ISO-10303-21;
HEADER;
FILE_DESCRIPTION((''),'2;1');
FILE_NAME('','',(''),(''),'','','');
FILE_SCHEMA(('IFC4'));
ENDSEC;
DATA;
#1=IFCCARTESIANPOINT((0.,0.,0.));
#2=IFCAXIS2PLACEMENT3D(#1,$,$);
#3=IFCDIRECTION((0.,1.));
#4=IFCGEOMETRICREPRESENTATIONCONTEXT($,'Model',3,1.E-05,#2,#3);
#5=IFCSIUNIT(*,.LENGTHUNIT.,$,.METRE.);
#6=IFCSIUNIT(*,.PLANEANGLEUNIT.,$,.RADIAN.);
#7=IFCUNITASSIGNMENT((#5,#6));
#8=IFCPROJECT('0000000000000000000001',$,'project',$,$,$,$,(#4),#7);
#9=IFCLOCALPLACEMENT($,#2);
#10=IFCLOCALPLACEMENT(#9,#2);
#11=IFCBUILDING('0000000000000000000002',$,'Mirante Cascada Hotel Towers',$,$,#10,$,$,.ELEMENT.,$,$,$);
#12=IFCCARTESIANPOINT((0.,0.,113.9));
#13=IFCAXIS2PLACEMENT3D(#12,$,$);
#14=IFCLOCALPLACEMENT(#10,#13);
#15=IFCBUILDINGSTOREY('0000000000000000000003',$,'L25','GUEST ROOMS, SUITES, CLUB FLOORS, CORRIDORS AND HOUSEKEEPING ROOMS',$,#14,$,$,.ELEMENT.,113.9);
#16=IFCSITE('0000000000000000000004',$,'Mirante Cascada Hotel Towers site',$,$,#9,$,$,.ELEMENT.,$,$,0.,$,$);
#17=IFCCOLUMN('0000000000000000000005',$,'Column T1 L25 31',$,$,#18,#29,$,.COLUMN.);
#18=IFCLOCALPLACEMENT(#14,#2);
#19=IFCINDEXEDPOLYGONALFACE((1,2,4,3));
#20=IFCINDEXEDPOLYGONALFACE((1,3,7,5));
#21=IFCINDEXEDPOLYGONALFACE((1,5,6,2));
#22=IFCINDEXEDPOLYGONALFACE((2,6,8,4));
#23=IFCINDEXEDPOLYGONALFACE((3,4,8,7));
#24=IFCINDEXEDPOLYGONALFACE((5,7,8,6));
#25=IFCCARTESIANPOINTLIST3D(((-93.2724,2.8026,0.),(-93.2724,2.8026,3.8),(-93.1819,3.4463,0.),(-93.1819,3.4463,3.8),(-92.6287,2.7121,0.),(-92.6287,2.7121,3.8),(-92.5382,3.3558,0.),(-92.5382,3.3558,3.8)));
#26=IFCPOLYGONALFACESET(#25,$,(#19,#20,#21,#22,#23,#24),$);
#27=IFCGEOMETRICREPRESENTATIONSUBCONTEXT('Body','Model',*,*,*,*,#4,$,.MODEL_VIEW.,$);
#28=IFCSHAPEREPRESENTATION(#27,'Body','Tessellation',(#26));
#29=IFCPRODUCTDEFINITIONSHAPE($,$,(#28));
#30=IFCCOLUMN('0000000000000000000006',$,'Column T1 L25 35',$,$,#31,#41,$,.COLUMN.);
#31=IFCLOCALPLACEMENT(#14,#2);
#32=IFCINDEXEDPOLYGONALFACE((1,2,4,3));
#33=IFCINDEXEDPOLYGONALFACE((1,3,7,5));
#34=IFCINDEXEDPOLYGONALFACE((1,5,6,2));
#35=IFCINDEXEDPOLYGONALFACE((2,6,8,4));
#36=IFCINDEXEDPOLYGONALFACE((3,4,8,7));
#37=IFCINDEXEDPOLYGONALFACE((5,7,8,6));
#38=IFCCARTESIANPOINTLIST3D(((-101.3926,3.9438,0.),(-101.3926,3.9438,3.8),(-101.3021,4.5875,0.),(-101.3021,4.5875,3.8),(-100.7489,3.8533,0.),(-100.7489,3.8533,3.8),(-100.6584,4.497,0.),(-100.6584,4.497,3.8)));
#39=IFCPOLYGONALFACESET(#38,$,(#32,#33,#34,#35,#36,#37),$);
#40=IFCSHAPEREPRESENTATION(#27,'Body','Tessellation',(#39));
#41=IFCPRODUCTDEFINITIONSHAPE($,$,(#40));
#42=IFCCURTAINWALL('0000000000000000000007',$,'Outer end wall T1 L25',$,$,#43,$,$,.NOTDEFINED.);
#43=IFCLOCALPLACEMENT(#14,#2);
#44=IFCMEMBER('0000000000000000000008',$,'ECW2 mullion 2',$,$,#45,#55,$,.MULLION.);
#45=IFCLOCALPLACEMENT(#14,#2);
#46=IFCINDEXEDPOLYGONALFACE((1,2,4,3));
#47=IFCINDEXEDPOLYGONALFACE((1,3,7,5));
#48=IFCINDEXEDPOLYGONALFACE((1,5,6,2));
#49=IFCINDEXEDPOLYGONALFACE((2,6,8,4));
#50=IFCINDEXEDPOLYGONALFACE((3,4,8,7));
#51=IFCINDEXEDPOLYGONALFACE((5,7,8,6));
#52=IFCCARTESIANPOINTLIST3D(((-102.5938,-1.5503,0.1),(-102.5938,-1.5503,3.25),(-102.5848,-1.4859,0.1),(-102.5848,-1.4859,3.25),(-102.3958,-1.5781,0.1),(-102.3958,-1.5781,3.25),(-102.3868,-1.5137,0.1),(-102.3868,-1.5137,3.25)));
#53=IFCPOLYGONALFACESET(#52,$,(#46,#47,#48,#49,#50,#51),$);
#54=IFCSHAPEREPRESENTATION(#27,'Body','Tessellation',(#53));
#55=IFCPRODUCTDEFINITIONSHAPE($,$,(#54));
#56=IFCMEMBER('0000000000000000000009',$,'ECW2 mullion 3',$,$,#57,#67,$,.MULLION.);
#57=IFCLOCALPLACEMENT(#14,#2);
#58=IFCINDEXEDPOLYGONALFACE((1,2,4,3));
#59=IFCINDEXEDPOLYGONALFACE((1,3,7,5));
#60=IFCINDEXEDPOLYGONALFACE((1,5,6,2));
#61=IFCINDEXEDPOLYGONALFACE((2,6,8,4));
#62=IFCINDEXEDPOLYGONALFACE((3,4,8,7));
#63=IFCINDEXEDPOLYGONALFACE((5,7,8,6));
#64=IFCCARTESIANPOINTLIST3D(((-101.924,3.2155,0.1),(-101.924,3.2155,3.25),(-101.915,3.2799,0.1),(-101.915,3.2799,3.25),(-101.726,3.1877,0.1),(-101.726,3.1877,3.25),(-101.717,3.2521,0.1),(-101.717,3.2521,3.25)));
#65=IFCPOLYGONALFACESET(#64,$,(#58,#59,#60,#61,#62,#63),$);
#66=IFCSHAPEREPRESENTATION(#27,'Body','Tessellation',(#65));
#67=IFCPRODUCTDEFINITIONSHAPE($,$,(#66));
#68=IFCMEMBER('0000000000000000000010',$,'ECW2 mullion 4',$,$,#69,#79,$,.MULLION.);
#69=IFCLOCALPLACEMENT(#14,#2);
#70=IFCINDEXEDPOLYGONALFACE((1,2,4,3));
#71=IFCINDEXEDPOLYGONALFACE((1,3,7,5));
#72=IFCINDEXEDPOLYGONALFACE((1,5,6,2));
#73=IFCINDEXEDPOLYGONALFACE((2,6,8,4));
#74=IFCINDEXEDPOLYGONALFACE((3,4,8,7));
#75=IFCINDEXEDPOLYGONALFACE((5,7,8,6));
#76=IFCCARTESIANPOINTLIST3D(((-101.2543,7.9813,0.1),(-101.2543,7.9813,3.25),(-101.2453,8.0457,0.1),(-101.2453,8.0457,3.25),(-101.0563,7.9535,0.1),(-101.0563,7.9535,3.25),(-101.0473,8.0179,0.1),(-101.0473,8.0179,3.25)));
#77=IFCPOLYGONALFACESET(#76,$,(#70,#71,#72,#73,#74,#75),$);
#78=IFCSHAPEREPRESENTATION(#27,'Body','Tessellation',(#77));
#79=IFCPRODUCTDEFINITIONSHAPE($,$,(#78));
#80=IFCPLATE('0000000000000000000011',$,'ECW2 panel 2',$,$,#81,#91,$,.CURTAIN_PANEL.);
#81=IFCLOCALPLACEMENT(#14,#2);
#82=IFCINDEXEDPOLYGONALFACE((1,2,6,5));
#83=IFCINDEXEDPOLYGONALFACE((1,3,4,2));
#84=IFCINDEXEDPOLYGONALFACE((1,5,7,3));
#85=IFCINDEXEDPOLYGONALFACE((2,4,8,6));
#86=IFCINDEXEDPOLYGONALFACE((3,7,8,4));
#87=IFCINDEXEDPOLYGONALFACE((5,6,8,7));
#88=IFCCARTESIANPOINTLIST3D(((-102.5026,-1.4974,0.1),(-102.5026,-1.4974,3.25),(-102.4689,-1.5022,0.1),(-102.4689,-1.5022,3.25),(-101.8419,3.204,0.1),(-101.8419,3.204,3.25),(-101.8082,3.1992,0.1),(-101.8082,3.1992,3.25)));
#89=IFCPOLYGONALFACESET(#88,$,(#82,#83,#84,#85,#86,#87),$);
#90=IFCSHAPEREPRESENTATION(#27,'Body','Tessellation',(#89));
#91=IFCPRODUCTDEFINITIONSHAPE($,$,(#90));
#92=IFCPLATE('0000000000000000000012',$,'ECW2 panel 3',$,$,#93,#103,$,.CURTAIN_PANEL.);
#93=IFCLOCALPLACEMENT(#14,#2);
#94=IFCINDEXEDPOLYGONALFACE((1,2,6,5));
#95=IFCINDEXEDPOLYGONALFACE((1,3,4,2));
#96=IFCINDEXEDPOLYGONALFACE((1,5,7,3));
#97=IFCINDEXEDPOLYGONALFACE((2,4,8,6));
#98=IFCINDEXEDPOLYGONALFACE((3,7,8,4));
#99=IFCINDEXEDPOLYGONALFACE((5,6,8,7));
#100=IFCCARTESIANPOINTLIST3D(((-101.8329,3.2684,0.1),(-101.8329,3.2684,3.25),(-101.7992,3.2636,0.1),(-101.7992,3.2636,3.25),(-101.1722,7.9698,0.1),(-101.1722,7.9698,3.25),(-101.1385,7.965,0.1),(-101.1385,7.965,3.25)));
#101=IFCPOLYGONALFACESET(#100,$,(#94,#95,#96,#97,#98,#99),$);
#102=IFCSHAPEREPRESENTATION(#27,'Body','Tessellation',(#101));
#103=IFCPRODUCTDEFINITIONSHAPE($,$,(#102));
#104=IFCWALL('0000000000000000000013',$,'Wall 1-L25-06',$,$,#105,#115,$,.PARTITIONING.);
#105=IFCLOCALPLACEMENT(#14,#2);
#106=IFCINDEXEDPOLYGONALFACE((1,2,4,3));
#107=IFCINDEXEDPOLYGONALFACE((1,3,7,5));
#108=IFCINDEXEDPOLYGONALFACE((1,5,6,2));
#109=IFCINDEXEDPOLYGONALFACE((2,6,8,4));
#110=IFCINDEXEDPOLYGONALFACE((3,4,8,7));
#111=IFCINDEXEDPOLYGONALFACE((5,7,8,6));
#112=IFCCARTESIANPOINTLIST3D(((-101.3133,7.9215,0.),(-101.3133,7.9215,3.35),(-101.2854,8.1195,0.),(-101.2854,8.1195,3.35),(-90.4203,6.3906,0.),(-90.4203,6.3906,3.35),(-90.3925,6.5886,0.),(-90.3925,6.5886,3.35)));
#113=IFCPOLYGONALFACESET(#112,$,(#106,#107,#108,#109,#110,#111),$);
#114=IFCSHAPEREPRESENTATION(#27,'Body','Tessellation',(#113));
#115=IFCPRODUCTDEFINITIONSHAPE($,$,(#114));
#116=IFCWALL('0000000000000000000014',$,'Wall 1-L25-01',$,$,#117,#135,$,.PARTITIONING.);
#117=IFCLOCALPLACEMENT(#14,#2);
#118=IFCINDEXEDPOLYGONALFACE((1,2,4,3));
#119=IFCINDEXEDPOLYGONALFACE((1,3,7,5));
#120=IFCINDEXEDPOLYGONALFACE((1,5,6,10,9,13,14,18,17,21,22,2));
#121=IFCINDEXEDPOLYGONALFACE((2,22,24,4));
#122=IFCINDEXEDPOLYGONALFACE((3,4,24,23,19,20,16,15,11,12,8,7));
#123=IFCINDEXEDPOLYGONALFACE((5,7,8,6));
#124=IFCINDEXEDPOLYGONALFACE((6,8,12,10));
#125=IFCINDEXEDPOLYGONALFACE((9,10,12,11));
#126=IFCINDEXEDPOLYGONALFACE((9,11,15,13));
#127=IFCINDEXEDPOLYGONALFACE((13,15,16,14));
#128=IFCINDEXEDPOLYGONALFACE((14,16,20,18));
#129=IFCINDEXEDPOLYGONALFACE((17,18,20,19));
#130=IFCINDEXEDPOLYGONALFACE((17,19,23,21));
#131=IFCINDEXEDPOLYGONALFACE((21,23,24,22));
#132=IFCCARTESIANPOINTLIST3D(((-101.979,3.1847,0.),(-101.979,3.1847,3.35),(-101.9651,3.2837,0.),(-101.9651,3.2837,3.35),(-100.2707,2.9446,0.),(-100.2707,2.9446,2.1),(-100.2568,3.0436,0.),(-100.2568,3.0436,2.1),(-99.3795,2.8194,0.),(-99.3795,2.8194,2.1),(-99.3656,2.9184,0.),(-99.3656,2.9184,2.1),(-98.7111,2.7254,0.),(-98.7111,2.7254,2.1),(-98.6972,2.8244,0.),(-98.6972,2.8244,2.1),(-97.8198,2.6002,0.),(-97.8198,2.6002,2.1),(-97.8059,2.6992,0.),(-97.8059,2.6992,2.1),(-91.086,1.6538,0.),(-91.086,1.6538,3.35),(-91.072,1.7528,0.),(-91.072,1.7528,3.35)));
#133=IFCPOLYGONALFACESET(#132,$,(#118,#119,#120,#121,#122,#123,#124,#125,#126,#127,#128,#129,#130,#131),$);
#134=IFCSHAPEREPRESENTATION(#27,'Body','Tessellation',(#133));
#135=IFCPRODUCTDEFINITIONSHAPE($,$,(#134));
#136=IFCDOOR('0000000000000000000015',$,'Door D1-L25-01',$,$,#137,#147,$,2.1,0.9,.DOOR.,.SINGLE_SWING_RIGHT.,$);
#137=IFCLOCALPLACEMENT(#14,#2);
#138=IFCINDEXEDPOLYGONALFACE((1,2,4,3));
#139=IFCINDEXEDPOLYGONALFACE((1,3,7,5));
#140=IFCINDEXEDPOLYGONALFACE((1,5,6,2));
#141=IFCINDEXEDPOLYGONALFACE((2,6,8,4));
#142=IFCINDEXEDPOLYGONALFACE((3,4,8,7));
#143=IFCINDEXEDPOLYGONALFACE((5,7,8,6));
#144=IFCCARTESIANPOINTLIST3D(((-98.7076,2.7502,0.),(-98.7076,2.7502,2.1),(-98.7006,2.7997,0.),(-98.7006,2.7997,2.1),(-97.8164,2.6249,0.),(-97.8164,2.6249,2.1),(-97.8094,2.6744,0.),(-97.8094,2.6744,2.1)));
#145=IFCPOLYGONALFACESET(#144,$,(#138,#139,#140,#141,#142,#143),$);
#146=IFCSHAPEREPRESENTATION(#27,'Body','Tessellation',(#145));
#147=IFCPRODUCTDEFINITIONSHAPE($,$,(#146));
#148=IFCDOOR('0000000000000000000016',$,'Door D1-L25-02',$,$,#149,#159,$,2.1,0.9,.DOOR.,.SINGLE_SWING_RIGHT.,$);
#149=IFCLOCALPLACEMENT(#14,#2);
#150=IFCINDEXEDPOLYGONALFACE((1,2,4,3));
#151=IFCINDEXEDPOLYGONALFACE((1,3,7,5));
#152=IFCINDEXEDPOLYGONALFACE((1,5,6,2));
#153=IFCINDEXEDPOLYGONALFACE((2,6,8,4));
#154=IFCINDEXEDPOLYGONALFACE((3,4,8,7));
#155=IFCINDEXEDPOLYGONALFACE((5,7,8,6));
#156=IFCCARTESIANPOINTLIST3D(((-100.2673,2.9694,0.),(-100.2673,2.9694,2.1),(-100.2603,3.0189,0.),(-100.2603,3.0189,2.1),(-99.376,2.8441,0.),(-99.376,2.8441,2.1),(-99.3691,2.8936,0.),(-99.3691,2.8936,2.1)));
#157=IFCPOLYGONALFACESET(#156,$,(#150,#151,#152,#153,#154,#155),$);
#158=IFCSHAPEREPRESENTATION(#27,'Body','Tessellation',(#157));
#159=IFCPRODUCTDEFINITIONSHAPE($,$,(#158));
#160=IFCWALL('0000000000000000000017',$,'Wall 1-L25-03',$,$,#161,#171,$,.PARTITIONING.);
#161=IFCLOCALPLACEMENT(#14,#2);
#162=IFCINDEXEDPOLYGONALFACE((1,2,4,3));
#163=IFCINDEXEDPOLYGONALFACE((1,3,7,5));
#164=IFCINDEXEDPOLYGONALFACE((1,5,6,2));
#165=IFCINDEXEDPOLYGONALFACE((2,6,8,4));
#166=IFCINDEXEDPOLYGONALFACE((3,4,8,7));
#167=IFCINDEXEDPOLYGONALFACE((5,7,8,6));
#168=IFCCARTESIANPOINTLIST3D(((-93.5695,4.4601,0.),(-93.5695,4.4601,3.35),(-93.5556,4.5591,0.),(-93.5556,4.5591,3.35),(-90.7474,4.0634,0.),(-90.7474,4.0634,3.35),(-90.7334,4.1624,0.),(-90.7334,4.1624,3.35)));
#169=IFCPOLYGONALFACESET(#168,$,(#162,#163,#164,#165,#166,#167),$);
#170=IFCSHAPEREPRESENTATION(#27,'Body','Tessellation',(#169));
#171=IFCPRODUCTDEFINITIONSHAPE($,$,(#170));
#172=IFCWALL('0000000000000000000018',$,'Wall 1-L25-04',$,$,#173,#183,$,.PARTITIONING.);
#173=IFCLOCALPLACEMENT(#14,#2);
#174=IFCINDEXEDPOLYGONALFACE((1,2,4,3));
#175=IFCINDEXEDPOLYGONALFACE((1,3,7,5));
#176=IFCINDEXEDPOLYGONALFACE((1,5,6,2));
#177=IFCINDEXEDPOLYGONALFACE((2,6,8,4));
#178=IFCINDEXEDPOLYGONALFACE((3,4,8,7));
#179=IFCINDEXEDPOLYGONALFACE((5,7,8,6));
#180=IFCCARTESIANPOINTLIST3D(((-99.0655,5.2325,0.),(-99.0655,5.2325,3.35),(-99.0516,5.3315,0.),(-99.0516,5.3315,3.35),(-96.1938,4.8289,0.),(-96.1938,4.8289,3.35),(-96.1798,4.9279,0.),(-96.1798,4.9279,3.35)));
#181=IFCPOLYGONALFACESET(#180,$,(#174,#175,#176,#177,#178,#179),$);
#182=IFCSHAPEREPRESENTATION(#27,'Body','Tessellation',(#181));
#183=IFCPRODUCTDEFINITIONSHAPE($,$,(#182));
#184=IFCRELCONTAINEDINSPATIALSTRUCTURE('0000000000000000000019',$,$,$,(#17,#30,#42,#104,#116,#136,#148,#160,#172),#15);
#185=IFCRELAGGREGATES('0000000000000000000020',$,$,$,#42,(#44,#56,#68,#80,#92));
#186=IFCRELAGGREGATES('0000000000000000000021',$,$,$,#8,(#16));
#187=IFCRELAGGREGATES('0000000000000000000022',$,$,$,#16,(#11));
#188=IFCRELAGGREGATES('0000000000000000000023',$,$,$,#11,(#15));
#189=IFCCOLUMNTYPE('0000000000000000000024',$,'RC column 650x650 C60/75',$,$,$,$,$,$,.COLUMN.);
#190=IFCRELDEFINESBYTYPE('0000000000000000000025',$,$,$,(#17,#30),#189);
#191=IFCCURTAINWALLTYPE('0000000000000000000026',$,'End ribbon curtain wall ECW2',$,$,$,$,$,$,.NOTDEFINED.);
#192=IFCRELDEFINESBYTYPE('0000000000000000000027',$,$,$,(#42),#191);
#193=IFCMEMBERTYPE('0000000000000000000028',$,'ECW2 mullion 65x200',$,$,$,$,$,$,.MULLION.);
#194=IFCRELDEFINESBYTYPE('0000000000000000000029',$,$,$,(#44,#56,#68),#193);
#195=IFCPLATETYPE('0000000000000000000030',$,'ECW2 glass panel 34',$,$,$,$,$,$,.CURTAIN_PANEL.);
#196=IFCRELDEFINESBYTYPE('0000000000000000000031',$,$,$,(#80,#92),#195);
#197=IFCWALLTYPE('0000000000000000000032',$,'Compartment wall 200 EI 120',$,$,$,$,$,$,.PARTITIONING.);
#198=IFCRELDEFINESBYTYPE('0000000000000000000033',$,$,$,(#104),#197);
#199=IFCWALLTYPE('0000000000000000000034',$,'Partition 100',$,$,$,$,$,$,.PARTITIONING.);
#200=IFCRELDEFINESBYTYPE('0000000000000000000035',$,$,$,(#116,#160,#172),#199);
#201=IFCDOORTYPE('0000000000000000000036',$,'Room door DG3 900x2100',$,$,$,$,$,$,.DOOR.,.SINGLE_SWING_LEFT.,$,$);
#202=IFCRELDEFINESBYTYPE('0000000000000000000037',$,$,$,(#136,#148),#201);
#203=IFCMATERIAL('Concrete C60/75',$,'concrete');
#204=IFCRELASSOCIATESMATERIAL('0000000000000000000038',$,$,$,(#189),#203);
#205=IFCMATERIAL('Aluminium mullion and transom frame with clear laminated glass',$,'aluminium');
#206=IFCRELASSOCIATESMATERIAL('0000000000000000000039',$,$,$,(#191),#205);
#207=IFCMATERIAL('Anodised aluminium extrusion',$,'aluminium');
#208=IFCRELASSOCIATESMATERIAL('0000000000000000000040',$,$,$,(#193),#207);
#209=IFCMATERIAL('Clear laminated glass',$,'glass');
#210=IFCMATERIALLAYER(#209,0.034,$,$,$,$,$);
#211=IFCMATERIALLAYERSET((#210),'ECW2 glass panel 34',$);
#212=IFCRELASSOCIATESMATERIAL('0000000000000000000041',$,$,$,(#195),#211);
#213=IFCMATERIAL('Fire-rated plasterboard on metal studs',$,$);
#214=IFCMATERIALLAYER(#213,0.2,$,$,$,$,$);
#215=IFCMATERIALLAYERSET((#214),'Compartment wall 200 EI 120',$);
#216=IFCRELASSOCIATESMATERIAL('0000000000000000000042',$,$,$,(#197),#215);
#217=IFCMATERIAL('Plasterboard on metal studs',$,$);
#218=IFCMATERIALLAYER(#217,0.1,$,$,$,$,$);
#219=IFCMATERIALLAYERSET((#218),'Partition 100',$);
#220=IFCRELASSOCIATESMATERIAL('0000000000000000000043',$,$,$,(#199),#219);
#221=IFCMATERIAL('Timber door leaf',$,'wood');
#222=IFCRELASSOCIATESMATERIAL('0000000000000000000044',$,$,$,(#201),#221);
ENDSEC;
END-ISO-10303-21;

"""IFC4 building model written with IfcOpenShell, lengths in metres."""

from ifc_helpers import new_model, si_unit, direction, frame, frame_2d, origin, origin_2d, place, context, subcontext, project, spatial, rectangle, extrude, material, layer, layer_set, material_profile, profile_set, type_object, element, fill, aggregate, save


model = new_model("IFC4")

# Units and contexts
model_context = context("Model", 3, precision=1e-05, world=origin(), true_north=direction((0.0, 1.0)))
body_context = subcontext(model_context, "Body", "Model", "MODEL_VIEW")
ifc_project = project(units=[si_unit("LENGTHUNIT", "METRE"), si_unit("PLANEANGLEUNIT", "RADIAN")], contexts=[model_context])

# Site, building, storey
site_placement = place(None, origin())
site = spatial("IfcSite", under=ifc_project, at=site_placement, Name="Mirante Cascada Hotel Towers site", CompositionType="ELEMENT", RefElevation=0.0)
building_placement = place(site_placement, origin())
building = spatial("IfcBuilding", under=site, at=building_placement, Name="Mirante Cascada Hotel Towers", CompositionType="ELEMENT")
storey_placement = place(building_placement, frame((0.0, 0.0, 113.9)))
storey = spatial("IfcBuildingStorey", under=building, at=storey_placement, Name="L25", Description="GUEST ROOMS, SUITES, CLUB FLOORS, CORRIDORS AND HOUSEKEEPING ROOMS", CompositionType="ELEMENT", Elevation=113.9)

# Columns
ifc_material_1 = material(Name="Concrete C60/75", Category="concrete")
ifc_material_profile_1 = material_profile(ifc_material_1, rectangle(XDim=0.65, YDim=0.65, at=origin_2d()), Name="RC column 650x650 C60/75")
ifc_profile_set_1 = profile_set([ifc_material_profile_1], Name="Concrete C60/75")
column_type = type_object("IfcColumnType", Name="RC column 650x650 C60/75", PredefinedType="COLUMN", material=ifc_profile_set_1)
for number, where, z_axis, x_axis, name in (
    (1, (-92.9053, 3.0792, 0.0), (0.0, 0.0, 1.0), (-0.990268, 0.139173, 0.0), "Column T1 L25 31"),
    (2, (-101.0255, 4.2204, 0.0), (0.0, 0.0, 1.0), (-0.990268, 0.139173, 0.0), "Column T1 L25 35"),
):
    element("IfcColumn", number, at=place(storey_placement, frame(where, z_axis=z_axis, x_axis=x_axis)), inside=storey, type_object=column_type, Name=name, PredefinedType="COLUMN", context=body_context, shape_type="SweptSolid", body=[
        extrude(rectangle(XDim=0.65, YDim=0.65, at=origin_2d()), origin(), (0.0, 0.0, 1.0), 3.8),
    ])

# Curtain wall, members, plates
ifc_material_2 = material(Name="Aluminium mullion and transom frame with clear laminated glass", Category="aluminium")
curtain_wall_type = type_object("IfcCurtainWallType", Name="End ribbon curtain wall ECW2", PredefinedType="NOTDEFINED", material=ifc_material_2)
curtain_wall_placement = place(storey_placement, origin())
curtain_wall = element("IfcCurtainWall", 3, at=curtain_wall_placement, inside=storey, type_object=curtain_wall_type, Name="Outer end wall T1 L25", PredefinedType="NOTDEFINED")
ifc_material_3 = material(Name="Anodised aluminium extrusion", Category="aluminium")
ifc_material_profile_2 = material_profile(ifc_material_3, rectangle(XDim=0.2, YDim=0.065, at=origin_2d()), Name="ECW2 MULLION 65x200")
ifc_profile_set_2 = profile_set([ifc_material_profile_2], Name="Anodised aluminium extrusion")
member_type = type_object("IfcMemberType", Name="ECW2 mullion 65x200", PredefinedType="MULLION", material=ifc_profile_set_2)
member_1_placement = place(storey_placement, frame((-102.4903, -1.532, 0.1), z_axis=(0.0, 0.0, 1.0), x_axis=(-0.990268, 0.139173, 0.0)))
member_1 = element("IfcMember", 4, at=member_1_placement, type_object=member_type, Name="ECW2 mullion 2", PredefinedType="MULLION", context=body_context, shape_type="SweptSolid", body=[
    extrude(rectangle(XDim=0.2, YDim=0.065, at=origin_2d()), origin(), (0.0, 0.0, 1.0), 3.15),
])
member_2_placement = place(storey_placement, frame((-101.8205, 3.2338, 0.1), z_axis=(0.0, 0.0, 1.0), x_axis=(-0.990268, 0.139173, 0.0)))
member_2 = element("IfcMember", 5, at=member_2_placement, type_object=member_type, Name="ECW2 mullion 3", PredefinedType="MULLION", context=body_context, shape_type="SweptSolid", body=[
    extrude(rectangle(XDim=0.2, YDim=0.065, at=origin_2d()), origin(), (0.0, 0.0, 1.0), 3.15),
])
member_3_placement = place(storey_placement, frame((-101.1508, 7.9996, 0.1), z_axis=(0.0, 0.0, 1.0), x_axis=(-0.990268, 0.139173, 0.0)))
member_3 = element("IfcMember", 6, at=member_3_placement, type_object=member_type, Name="ECW2 mullion 4", PredefinedType="MULLION", context=body_context, shape_type="SweptSolid", body=[
    extrude(rectangle(XDim=0.2, YDim=0.065, at=origin_2d()), origin(), (0.0, 0.0, 1.0), 3.15),
])
ifc_material_4 = material(Name="Clear laminated glass", Category="glass")
ifc_layer_1 = layer(ifc_material_4, 0.034)
ifc_layer_set_1 = layer_set([ifc_layer_1], Name="ECW2 glass panel 34")
plate_type = type_object("IfcPlateType", Name="ECW2 glass panel 34", PredefinedType="CURTAIN_PANEL", material=ifc_layer_set_1)
plate_1_placement = place(storey_placement, frame((-102.1554, 0.8509, 0.1), z_axis=(0.0, 0.0, 1.0), x_axis=(0.139173, 0.990268, 0.0)))
plate_1 = element("IfcPlate", 7, at=plate_1_placement, type_object=plate_type, Name="ECW2 panel 2", PredefinedType="CURTAIN_PANEL", context=body_context, shape_type="SweptSolid", body=[
    extrude(rectangle(XDim=4.7476, YDim=0.034, at=origin_2d()), origin(), (0.0, 0.0, 1.0), 3.15),
])
plate_2_placement = place(storey_placement, frame((-101.4857, 5.6167, 0.1), z_axis=(0.0, 0.0, 1.0), x_axis=(0.139173, 0.990268, 0.0)))
plate_2 = element("IfcPlate", 8, at=plate_2_placement, type_object=plate_type, Name="ECW2 panel 3", PredefinedType="CURTAIN_PANEL", context=body_context, shape_type="SweptSolid", body=[
    extrude(rectangle(XDim=4.7476, YDim=0.034, at=origin_2d()), origin(), (0.0, 0.0, 1.0), 3.15),
])
aggregate(curtain_wall, [member_1, member_2, member_3, plate_1, plate_2])

# Wall
ifc_material_5 = material(Name="Fire-rated plasterboard on metal studs")
ifc_layer_2 = layer(ifc_material_5, 0.2)
ifc_layer_set_2 = layer_set([ifc_layer_2], Name="Compartment wall 200 EI 120")
wall_type_1 = type_object("IfcWallType", Name="Compartment wall 200 EI 120", PredefinedType="PARTITIONING", material=ifc_layer_set_2)
wall_1_placement = place(storey_placement, frame((-90.4064, 6.4896, 0.0), z_axis=(0.0, 0.0, 1.0), x_axis=(-0.990268, 0.139173, 0.0)))
element("IfcWall", 9, at=wall_1_placement, inside=storey, type_object=wall_type_1, Name="Wall 1-L25-06", PredefinedType="PARTITIONING", context=body_context, shape_type="SweptSolid", body=[
    extrude(rectangle(XDim=11.0, YDim=0.2, at=frame_2d((5.5, 0.0))), origin(), (0.0, 0.0, 1.0), 3.35),
])

# Wall, openings, doors
ifc_material_6 = material(Name="Plasterboard on metal studs")
ifc_layer_3 = layer(ifc_material_6, 0.1)
ifc_layer_set_3 = layer_set([ifc_layer_3], Name="Partition 100")
wall_type_2 = type_object("IfcWallType", Name="Partition 100", PredefinedType="PARTITIONING", material=ifc_layer_set_3)
wall_2_placement = place(storey_placement, frame((-101.972, 3.2342, 0.0), z_axis=(0.0, 0.0, 1.0), x_axis=(0.990268, -0.139172, 0.0)))
wall_2 = element("IfcWall", 10, at=wall_2_placement, inside=storey, type_object=wall_type_2, Name="Wall 1-L25-01", PredefinedType="PARTITIONING", context=body_context, shape_type="SweptSolid", body=[
    extrude(rectangle(XDim=11.0001, YDim=0.1, at=frame_2d((5.5, 0.0))), origin(), (0.0, 0.0, 1.0), 3.35),
])
opening_1_placement = place(wall_2_placement, frame((3.3, 0.0, 0.0)))
opening_1 = element("IfcOpeningElement", 11, at=opening_1_placement, cuts=wall_2, PredefinedType="OPENING", context=body_context, shape_type="SweptSolid", body=[
    extrude(rectangle(XDim=0.9, YDim=2.1, at=frame_2d((0.45, 1.05))), frame((0.0, 0.05, 0.0), z_axis=(0.0, -1.0, 0.0), x_axis=(1.0, 0.0, 0.0)), (0.0, 0.0, 1.0), 0.1),
])
opening_2_placement = place(wall_2_placement, frame((1.725, 0.0, 0.0)))
opening_2 = element("IfcOpeningElement", 12, at=opening_2_placement, cuts=wall_2, PredefinedType="OPENING", context=body_context, shape_type="SweptSolid", body=[
    extrude(rectangle(XDim=0.9, YDim=2.1, at=frame_2d((0.45, 1.05))), frame((0.0, 0.05, 0.0), z_axis=(0.0, -1.0, 0.0), x_axis=(1.0, 0.0, 0.0)), (0.0, 0.0, 1.0), 0.1),
])
ifc_material_7 = material(Name="Timber door leaf", Category="wood")
door_type_1 = type_object("IfcDoorType", Name="Room door DG3 900x2100", OperationType="SINGLE_SWING_LEFT", PredefinedType="DOOR", material=ifc_material_7)
door_1_placement = place(opening_1_placement, frame((0.9, 0.0, 0.0), z_axis=(0.0, 0.0, 1.0), x_axis=(-1.0, 0.0, 0.0)))
door_1 = element("IfcDoor", 13, at=door_1_placement, inside=storey, type_object=door_type_1, Name="Door D1-L25-01", OperationType="SINGLE_SWING_RIGHT", OverallHeight=2.1, OverallWidth=0.9, PredefinedType="DOOR", context=body_context, shape_type="SweptSolid", body=[
    extrude(rectangle(XDim=0.9, YDim=2.1, at=frame_2d((0.45, 1.05))), frame((0.0, 0.025, 0.0), z_axis=(0.0, -1.0, 0.0), x_axis=(1.0, 0.0, 0.0)), (0.0, 0.0, 1.0), 0.05),
])
fill(opening_1, door_1)
door_2_placement = place(opening_2_placement, frame((0.9, 0.0, 0.0), z_axis=(0.0, 0.0, 1.0), x_axis=(-1.0, 0.0, 0.0)))
door_2 = element("IfcDoor", 14, at=door_2_placement, inside=storey, type_object=door_type_1, Name="Door D1-L25-02", OperationType="SINGLE_SWING_RIGHT", OverallHeight=2.1, OverallWidth=0.9, PredefinedType="DOOR", context=body_context, shape_type="SweptSolid", body=[
    extrude(rectangle(XDim=0.9, YDim=2.1, at=frame_2d((0.45, 1.05))), frame((0.0, 0.025, 0.0), z_axis=(0.0, -1.0, 0.0), x_axis=(1.0, 0.0, 0.0)), (0.0, 0.0, 1.0), 0.05),
])
fill(opening_2, door_2)

# Walls
wall_3_placement = place(storey_placement, frame((-93.5626, 4.5096, 0.0), z_axis=(0.0, 0.0, 1.0), x_axis=(0.990265, -0.139196, 0.0)))
element("IfcWall", 15, at=wall_3_placement, inside=storey, type_object=wall_type_2, Name="Wall 1-L25-03", PredefinedType="PARTITIONING", context=body_context, shape_type="SweptSolid", body=[
    extrude(rectangle(XDim=2.8499, YDim=0.1, at=frame_2d((1.425, 0.0))), origin(), (0.0, 0.0, 1.0), 3.35),
])
wall_4_placement = place(storey_placement, frame((-96.1868, 4.8784, 0.0), z_axis=(0.0, 0.0, 1.0), x_axis=(-0.990268, 0.139171, 0.0)))
element("IfcWall", 16, at=wall_4_placement, inside=storey, type_object=wall_type_2, Name="Wall 1-L25-04", PredefinedType="PARTITIONING", context=body_context, shape_type="SweptSolid", body=[
    extrude(rectangle(XDim=2.9, YDim=0.1, at=frame_2d((1.45, 0.0))), origin(), (0.0, 0.0, 1.0), 3.35),
])

save(model, "model.ifc")
